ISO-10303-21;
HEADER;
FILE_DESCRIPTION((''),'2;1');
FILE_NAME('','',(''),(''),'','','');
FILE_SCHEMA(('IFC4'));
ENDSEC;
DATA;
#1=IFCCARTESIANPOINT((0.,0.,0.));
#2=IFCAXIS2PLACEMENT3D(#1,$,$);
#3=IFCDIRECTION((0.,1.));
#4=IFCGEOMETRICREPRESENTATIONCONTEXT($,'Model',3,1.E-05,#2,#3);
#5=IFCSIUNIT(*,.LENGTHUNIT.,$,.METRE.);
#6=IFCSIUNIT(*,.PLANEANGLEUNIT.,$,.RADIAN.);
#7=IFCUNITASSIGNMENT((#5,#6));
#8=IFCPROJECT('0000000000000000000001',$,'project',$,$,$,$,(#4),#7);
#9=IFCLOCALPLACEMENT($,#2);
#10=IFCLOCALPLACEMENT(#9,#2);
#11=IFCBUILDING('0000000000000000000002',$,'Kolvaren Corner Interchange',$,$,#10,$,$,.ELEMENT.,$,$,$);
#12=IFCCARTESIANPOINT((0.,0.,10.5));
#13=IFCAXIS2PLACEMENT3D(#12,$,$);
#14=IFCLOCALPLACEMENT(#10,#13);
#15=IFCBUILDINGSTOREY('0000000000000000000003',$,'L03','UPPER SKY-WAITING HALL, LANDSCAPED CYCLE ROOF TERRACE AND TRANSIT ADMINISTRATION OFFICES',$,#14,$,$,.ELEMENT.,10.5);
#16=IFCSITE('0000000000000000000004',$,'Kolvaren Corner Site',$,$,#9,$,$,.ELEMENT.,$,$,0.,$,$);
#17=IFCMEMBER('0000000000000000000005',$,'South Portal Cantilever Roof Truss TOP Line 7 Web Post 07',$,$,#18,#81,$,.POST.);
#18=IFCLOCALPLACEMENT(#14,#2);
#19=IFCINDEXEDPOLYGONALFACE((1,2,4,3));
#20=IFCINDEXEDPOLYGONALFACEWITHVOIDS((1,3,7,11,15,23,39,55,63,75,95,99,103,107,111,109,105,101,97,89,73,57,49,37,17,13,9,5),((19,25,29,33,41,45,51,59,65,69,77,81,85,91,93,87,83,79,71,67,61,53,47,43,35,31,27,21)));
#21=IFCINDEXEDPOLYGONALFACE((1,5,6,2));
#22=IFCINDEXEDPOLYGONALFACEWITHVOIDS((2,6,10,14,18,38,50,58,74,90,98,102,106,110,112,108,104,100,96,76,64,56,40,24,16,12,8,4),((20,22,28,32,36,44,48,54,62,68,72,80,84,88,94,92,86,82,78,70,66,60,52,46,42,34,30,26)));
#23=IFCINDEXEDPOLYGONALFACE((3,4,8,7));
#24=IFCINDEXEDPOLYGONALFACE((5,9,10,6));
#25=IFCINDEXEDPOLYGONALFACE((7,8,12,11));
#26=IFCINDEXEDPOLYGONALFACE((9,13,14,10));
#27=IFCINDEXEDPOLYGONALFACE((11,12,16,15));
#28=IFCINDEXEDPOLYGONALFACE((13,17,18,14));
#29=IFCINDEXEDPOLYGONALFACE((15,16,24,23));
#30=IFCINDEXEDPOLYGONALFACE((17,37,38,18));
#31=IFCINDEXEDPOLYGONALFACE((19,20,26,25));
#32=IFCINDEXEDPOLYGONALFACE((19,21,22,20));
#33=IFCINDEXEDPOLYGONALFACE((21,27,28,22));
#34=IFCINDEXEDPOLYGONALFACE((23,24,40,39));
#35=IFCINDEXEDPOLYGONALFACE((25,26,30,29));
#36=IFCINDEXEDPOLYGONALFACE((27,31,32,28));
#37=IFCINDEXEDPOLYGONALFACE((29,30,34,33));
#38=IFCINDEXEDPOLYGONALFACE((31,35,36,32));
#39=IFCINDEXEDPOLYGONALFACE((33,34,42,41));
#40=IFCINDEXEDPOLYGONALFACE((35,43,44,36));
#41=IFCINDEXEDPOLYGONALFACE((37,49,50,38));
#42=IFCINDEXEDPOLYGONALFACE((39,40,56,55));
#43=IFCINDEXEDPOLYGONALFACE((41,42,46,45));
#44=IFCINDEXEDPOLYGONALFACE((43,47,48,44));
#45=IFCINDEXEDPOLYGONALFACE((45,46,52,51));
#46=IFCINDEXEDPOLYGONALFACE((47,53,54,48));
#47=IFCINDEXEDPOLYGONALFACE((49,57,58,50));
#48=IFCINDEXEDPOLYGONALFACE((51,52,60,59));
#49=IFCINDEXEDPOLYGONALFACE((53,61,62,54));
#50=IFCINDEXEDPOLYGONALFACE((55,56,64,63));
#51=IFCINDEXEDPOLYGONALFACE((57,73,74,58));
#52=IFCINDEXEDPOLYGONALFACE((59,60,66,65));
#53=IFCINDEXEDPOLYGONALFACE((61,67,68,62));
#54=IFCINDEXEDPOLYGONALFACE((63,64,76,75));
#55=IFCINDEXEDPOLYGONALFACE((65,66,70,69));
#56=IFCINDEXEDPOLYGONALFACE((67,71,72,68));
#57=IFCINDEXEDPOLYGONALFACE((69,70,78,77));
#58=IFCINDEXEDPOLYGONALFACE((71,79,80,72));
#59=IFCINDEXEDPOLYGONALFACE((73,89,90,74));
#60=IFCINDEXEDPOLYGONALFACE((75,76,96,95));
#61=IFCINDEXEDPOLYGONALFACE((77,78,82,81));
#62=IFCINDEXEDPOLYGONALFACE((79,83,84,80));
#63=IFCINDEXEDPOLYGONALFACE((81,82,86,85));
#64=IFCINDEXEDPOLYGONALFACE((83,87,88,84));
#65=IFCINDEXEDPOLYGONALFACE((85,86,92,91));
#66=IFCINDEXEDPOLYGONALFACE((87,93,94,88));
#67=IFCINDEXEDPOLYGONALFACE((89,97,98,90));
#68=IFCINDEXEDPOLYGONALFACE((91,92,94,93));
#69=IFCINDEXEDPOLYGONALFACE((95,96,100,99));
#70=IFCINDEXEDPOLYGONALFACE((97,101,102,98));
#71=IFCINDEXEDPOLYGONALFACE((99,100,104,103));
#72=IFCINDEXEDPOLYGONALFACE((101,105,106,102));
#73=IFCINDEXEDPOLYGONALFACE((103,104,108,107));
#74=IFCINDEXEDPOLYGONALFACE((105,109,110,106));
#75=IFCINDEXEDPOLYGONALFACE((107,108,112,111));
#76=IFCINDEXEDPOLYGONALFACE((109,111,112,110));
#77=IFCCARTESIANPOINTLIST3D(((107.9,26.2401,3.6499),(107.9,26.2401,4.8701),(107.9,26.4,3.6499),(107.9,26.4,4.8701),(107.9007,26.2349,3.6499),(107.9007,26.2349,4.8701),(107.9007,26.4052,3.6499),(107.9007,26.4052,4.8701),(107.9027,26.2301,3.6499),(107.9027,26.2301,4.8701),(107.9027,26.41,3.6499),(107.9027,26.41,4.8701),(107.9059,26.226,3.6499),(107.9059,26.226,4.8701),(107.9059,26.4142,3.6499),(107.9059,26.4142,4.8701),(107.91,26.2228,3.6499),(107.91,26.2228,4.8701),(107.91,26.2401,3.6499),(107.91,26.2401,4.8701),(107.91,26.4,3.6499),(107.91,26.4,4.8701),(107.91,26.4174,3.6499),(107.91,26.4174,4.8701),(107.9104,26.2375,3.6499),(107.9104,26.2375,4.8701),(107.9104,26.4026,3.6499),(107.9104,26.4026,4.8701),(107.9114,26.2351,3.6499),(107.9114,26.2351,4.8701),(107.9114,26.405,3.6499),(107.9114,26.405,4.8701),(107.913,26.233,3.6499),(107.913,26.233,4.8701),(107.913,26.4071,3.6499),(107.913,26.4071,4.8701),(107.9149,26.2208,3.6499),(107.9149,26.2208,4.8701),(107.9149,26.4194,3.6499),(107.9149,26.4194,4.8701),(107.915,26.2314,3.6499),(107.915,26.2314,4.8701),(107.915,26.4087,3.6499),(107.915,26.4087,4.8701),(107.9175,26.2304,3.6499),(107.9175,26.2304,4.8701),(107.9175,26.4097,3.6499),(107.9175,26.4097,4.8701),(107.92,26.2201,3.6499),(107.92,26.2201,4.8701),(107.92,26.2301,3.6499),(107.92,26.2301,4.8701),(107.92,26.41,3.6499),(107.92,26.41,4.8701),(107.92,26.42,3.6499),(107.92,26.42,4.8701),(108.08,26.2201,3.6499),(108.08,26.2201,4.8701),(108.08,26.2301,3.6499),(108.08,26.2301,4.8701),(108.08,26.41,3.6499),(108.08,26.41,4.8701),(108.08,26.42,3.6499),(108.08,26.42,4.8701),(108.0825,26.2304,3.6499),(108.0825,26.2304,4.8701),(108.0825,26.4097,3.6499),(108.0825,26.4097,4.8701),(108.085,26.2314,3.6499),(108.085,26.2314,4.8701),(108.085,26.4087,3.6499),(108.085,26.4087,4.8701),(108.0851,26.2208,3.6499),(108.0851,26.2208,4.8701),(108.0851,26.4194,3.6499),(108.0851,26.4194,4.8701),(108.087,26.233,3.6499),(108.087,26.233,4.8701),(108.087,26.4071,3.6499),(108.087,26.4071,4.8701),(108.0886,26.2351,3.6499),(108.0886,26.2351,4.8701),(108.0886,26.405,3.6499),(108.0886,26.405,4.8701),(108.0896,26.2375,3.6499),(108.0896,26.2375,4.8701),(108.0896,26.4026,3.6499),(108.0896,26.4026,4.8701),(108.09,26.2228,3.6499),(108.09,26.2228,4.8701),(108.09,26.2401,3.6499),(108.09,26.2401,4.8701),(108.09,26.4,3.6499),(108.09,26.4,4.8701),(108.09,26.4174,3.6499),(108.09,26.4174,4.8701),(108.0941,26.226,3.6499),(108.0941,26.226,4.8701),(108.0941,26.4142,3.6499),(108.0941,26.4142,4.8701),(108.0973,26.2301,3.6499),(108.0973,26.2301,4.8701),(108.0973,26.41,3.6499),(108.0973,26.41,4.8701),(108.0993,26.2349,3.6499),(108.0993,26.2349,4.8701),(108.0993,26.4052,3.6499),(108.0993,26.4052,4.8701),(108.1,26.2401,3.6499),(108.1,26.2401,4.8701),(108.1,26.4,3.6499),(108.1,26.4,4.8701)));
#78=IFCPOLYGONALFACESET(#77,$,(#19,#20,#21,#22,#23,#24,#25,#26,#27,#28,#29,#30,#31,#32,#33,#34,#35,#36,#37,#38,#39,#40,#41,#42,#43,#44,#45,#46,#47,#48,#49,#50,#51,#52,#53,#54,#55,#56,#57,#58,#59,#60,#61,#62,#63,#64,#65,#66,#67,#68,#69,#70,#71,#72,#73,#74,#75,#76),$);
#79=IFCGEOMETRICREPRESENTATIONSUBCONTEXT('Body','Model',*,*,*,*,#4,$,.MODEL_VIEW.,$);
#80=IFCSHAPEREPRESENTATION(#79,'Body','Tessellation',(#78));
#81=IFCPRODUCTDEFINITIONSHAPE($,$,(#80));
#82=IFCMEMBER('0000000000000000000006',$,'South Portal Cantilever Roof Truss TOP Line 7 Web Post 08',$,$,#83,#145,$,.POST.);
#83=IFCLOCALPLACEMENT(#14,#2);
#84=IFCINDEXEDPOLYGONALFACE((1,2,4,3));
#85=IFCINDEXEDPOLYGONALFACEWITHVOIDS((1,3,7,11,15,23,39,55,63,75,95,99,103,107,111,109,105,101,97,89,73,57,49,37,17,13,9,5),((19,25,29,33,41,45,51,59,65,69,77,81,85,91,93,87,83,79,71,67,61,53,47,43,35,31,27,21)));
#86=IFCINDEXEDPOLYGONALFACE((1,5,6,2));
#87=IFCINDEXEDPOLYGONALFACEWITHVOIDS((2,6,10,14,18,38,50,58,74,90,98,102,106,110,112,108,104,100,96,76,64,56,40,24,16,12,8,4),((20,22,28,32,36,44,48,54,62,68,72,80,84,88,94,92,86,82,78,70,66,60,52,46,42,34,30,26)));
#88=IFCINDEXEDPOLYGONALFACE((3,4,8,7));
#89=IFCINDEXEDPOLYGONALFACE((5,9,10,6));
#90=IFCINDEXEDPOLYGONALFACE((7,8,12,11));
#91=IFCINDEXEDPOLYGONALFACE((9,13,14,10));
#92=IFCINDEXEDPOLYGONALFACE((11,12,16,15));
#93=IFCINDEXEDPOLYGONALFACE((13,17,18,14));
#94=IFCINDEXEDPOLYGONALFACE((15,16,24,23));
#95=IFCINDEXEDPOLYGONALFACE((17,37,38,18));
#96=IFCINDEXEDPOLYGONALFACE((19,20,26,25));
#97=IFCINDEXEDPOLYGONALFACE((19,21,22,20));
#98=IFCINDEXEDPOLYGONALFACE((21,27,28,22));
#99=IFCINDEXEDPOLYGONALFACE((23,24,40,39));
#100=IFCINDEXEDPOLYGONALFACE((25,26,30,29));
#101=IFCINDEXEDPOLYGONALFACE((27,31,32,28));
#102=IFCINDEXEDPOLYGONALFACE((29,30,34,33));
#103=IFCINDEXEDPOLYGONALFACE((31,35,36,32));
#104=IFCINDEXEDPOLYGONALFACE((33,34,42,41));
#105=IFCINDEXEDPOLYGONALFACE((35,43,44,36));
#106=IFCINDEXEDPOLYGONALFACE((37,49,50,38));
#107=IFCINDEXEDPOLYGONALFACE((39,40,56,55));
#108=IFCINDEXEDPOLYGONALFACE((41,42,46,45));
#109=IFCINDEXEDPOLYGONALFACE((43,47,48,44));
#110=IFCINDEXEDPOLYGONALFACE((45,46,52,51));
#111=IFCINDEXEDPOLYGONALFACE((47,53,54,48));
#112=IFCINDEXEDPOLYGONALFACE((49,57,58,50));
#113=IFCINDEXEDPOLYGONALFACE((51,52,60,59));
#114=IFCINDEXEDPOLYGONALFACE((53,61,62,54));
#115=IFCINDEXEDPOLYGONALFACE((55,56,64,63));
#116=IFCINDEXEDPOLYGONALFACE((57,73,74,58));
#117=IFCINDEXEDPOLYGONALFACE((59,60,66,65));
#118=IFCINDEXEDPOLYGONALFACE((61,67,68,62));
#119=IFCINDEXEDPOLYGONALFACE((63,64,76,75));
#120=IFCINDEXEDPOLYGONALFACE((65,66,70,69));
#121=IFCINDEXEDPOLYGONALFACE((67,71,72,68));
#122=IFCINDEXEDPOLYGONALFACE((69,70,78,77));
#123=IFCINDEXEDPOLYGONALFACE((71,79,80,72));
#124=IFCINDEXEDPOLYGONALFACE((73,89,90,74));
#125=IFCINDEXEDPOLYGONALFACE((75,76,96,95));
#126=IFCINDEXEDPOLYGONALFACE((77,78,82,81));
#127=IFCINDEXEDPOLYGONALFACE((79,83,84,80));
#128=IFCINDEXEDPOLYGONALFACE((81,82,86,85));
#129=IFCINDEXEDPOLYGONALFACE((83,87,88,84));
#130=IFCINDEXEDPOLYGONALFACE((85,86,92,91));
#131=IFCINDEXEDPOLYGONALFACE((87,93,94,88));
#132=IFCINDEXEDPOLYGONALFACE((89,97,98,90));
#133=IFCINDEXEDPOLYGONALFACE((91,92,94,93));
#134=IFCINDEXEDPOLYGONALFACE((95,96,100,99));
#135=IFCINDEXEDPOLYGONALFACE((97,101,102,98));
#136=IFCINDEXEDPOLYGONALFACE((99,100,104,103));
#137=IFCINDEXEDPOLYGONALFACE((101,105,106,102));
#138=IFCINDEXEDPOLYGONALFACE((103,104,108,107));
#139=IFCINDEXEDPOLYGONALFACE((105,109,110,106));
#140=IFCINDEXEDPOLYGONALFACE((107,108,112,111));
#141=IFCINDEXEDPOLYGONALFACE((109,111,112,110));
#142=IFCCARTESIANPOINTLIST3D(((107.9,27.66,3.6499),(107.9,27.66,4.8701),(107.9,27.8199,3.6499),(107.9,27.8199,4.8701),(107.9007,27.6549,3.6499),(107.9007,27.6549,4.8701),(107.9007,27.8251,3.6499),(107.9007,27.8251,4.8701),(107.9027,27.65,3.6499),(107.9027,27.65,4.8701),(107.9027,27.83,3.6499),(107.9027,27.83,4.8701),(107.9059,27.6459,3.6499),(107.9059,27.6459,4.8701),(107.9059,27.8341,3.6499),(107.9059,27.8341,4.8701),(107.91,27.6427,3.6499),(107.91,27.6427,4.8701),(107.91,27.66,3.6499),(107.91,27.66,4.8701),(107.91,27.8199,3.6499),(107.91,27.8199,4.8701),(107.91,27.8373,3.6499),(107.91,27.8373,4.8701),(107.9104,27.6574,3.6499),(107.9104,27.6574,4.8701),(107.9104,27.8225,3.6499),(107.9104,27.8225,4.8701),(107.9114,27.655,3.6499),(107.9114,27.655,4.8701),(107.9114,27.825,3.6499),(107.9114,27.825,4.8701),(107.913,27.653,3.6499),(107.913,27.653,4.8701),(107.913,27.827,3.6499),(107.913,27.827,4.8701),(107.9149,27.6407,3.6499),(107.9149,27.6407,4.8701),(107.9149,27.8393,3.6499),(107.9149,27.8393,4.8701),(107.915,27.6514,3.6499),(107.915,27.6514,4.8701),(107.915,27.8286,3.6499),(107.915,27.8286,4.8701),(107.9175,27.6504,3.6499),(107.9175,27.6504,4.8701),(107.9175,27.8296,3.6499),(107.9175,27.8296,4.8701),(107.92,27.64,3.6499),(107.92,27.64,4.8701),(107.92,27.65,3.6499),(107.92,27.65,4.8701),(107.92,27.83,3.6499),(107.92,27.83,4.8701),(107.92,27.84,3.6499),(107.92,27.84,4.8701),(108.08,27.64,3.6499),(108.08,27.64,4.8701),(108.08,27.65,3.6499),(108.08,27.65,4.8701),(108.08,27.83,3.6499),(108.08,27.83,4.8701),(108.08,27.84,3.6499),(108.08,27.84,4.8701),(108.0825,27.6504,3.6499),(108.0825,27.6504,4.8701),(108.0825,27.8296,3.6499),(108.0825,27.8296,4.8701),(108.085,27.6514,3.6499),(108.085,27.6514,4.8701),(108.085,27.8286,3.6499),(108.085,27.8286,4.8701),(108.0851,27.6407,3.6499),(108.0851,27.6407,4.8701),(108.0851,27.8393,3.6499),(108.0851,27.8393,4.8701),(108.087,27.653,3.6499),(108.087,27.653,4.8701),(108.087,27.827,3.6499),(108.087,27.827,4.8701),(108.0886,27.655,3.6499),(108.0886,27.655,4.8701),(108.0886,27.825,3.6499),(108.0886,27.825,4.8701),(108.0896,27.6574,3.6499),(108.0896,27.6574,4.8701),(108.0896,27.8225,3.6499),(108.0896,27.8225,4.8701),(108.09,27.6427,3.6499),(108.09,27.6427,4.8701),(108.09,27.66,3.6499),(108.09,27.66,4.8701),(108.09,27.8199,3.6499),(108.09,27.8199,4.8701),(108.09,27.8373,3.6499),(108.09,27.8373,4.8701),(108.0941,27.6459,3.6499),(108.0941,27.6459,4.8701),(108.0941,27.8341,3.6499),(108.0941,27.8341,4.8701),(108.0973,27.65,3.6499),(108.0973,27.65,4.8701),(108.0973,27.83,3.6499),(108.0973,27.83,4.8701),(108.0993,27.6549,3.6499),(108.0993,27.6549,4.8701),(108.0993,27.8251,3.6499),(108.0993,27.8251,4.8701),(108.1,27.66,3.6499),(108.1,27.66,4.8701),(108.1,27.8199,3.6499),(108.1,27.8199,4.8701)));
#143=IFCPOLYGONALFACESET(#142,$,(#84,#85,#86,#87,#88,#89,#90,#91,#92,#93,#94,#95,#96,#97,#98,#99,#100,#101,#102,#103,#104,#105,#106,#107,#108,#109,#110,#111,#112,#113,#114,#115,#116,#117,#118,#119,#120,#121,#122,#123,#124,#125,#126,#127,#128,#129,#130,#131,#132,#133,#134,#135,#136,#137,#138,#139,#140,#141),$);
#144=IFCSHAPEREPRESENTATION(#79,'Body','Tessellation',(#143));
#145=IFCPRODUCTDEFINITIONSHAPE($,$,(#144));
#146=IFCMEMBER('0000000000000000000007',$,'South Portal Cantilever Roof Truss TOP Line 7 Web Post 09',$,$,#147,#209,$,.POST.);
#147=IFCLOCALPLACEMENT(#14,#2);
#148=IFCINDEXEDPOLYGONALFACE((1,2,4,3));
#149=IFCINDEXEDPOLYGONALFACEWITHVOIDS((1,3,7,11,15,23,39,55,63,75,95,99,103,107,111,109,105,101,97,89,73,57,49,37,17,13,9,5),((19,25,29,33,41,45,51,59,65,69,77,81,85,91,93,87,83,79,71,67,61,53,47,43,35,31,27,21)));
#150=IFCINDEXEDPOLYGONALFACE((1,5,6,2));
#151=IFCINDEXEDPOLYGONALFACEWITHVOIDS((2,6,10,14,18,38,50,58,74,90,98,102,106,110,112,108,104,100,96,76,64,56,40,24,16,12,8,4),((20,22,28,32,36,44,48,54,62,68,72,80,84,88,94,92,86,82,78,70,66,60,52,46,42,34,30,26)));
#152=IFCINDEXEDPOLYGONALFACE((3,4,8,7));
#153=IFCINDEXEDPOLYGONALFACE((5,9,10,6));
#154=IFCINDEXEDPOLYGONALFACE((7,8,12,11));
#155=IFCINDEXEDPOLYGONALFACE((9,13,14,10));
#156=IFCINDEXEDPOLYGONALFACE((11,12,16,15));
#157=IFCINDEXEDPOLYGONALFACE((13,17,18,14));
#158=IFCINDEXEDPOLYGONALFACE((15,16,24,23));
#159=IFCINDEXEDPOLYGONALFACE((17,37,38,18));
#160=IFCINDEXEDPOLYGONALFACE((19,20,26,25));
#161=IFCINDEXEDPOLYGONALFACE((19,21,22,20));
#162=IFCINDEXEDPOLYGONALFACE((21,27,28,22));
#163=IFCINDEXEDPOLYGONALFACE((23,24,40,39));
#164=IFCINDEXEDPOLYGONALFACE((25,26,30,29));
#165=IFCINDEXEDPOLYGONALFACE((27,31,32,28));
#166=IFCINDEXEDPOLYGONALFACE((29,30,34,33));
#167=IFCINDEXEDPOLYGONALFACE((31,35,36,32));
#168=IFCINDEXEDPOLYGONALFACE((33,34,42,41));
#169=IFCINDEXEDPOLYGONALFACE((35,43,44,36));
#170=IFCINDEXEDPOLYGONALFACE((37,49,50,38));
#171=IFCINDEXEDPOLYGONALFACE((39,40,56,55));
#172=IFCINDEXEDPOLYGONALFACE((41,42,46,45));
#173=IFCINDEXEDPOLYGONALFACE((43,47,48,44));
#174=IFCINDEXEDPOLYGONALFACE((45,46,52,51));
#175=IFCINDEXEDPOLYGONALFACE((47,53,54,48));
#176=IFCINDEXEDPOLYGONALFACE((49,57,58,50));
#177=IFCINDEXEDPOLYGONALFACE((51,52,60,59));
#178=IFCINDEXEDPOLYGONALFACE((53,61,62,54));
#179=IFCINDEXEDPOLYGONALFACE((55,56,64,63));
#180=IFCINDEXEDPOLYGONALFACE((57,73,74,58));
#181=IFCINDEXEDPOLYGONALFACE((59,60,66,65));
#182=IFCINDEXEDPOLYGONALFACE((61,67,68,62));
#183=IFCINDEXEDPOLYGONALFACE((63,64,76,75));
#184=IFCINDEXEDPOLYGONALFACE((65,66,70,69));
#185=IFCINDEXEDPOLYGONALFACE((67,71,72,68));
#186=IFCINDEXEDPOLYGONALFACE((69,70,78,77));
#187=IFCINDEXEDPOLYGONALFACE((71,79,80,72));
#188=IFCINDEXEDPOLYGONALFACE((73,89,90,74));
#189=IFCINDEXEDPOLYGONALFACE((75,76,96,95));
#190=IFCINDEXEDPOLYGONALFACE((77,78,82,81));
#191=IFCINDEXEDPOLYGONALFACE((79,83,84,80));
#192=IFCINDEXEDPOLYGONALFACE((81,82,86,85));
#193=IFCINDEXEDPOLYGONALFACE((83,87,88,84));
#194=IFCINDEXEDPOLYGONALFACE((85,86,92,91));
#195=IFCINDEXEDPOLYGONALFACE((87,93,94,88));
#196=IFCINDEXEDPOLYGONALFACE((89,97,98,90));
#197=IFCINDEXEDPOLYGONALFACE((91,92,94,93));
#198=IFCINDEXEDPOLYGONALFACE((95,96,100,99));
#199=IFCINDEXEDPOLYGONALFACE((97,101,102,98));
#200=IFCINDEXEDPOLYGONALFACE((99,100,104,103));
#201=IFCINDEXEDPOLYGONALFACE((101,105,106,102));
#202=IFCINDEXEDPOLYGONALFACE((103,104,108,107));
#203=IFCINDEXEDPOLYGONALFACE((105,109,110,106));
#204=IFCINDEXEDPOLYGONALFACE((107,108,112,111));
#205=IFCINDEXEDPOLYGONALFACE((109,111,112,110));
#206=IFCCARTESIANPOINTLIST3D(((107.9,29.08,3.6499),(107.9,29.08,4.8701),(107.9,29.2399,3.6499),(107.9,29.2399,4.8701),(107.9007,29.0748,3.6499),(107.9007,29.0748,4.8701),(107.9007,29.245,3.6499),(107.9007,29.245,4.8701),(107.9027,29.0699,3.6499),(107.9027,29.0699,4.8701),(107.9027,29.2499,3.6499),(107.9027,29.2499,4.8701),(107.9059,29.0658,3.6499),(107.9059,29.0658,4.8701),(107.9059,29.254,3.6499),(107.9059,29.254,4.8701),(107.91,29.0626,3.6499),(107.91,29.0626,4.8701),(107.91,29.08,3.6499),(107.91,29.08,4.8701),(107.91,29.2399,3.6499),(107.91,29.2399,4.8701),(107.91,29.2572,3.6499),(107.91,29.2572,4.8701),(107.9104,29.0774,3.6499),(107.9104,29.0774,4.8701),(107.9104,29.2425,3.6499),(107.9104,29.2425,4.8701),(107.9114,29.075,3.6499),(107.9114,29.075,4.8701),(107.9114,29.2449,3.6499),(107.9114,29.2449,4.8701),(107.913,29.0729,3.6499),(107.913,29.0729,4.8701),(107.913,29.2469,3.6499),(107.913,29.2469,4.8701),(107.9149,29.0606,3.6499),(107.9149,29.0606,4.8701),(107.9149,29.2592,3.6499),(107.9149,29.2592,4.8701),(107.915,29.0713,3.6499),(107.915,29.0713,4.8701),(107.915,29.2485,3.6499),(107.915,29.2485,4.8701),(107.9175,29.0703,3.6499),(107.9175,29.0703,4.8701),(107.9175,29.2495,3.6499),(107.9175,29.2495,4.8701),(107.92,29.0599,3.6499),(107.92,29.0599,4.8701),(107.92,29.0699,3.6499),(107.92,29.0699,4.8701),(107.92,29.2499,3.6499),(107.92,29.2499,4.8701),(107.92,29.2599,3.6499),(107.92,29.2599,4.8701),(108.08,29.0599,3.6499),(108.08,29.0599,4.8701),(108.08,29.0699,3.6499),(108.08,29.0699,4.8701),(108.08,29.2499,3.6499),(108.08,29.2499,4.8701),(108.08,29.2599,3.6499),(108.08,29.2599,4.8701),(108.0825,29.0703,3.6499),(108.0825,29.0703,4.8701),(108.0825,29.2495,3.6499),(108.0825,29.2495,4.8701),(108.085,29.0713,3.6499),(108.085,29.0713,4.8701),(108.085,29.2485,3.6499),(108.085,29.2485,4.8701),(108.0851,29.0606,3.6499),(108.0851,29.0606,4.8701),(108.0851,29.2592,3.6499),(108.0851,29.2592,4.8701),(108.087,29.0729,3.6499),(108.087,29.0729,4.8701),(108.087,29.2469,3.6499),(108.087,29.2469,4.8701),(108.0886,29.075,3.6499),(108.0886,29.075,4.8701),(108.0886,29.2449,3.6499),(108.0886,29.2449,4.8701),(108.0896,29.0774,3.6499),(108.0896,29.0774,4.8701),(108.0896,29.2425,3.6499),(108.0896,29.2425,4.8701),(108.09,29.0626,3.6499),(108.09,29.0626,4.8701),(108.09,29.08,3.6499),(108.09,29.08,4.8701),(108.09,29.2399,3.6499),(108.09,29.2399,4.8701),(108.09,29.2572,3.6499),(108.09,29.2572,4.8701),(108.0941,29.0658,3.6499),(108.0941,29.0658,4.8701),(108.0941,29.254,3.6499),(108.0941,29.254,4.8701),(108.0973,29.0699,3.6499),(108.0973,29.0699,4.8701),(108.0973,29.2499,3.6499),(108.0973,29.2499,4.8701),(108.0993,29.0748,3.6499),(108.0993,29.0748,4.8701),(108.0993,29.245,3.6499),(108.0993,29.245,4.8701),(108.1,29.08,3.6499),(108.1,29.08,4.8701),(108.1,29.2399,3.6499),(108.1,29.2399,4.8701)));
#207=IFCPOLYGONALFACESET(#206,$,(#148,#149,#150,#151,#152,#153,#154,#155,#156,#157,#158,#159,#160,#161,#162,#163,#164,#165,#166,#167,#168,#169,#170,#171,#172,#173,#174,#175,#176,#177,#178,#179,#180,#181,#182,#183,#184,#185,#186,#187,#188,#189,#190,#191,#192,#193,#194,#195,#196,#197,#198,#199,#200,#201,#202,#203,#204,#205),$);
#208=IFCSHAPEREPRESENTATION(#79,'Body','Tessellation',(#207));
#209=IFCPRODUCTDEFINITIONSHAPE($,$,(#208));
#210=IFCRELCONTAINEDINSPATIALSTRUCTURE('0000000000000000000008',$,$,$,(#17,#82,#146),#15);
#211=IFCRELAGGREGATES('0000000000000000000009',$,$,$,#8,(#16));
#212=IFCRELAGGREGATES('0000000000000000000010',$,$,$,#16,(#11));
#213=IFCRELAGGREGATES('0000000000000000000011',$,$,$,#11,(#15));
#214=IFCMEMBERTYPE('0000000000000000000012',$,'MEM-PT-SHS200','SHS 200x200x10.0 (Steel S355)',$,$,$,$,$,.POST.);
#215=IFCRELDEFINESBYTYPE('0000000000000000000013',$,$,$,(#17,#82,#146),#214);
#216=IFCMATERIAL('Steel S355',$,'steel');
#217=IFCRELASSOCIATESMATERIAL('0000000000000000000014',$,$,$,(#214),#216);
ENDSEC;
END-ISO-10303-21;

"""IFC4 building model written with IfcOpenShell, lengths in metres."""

from ifc_helpers import new_model, si_unit, direction, frame, origin, origin_2d, place, context, subcontext, project, spatial, hollow_rectangle, extrude, material, material_profile, profile_set, type_object, element, save


model = new_model("IFC4")

# Units and contexts
model_context = context("Model", 3, precision=1e-05, world=origin(), true_north=direction((0.0, 1.0)))
body_context = subcontext(model_context, "Body", "Model", "MODEL_VIEW")
ifc_project = project(units=[si_unit("LENGTHUNIT", "METRE"), si_unit("PLANEANGLEUNIT", "RADIAN")], contexts=[model_context])

# Site, building, storey
site_placement = place(None, origin())
site = spatial("IfcSite", under=ifc_project, at=site_placement, Name="Kolvaren Corner Site", CompositionType="ELEMENT", RefElevation=0.0)
building_placement = place(site_placement, origin())
building = spatial("IfcBuilding", under=site, at=building_placement, Name="Kolvaren Corner Interchange", CompositionType="ELEMENT")
storey_placement = place(building_placement, frame((0.0, 0.0, 10.5)))
storey = spatial("IfcBuildingStorey", under=building, at=storey_placement, Name="L03", Description="UPPER SKY-WAITING HALL, LANDSCAPED CYCLE ROOF TERRACE AND TRANSIT ADMINISTRATION OFFICES", CompositionType="ELEMENT", Elevation=10.5)

# Members
ifc_material_1 = material(Name="Steel S355", Category="steel")
ifc_material_profile_1 = material_profile(ifc_material_1, hollow_rectangle(XDim=0.2, YDim=0.2, WallThickness=0.01, InnerFilletRadius=0.01, OuterFilletRadius=0.02, at=origin_2d()), Name="SHS 200x200x10.0")
ifc_profile_set_1 = profile_set([ifc_material_profile_1], Name="Steel S355")
member_type_1 = type_object("IfcMemberType", Name="MEM-PT-SHS200", Description="SHS 200x200x10.0 (Steel S355)", PredefinedType="POST", material=ifc_profile_set_1)
for number, where, z_axis, x_axis, name in (
    (1, (108.0, 26.3201, 3.6499), (0.0, 0.0, 1.0), (1.0, 0.0, 0.0), "South Portal Cantilever Roof Truss TOP Line 7 Web Post 07"),
    (2, (108.0, 27.74, 3.6499), (0.0, 0.0, 1.0), (1.0, 0.0, 0.0), "South Portal Cantilever Roof Truss TOP Line 7 Web Post 08"),
    (3, (108.0, 29.1599, 3.6499), (0.0, 0.0, 1.0), (1.0, 0.0, 0.0), "South Portal Cantilever Roof Truss TOP Line 7 Web Post 09"),
):
    element("IfcMember", number, at=place(storey_placement, frame(where, z_axis=z_axis, x_axis=x_axis)), inside=storey, type_object=member_type_1, Name=name, PredefinedType="POST", context=body_context, shape_type="SweptSolid", body=[
        extrude(hollow_rectangle(XDim=0.2, YDim=0.2, WallThickness=0.01, InnerFilletRadius=0.01, OuterFilletRadius=0.02, at=origin_2d()), origin(), (0.0, 0.0, 1.0), 1.2202),
    ])

save(model, "model.ifc")
